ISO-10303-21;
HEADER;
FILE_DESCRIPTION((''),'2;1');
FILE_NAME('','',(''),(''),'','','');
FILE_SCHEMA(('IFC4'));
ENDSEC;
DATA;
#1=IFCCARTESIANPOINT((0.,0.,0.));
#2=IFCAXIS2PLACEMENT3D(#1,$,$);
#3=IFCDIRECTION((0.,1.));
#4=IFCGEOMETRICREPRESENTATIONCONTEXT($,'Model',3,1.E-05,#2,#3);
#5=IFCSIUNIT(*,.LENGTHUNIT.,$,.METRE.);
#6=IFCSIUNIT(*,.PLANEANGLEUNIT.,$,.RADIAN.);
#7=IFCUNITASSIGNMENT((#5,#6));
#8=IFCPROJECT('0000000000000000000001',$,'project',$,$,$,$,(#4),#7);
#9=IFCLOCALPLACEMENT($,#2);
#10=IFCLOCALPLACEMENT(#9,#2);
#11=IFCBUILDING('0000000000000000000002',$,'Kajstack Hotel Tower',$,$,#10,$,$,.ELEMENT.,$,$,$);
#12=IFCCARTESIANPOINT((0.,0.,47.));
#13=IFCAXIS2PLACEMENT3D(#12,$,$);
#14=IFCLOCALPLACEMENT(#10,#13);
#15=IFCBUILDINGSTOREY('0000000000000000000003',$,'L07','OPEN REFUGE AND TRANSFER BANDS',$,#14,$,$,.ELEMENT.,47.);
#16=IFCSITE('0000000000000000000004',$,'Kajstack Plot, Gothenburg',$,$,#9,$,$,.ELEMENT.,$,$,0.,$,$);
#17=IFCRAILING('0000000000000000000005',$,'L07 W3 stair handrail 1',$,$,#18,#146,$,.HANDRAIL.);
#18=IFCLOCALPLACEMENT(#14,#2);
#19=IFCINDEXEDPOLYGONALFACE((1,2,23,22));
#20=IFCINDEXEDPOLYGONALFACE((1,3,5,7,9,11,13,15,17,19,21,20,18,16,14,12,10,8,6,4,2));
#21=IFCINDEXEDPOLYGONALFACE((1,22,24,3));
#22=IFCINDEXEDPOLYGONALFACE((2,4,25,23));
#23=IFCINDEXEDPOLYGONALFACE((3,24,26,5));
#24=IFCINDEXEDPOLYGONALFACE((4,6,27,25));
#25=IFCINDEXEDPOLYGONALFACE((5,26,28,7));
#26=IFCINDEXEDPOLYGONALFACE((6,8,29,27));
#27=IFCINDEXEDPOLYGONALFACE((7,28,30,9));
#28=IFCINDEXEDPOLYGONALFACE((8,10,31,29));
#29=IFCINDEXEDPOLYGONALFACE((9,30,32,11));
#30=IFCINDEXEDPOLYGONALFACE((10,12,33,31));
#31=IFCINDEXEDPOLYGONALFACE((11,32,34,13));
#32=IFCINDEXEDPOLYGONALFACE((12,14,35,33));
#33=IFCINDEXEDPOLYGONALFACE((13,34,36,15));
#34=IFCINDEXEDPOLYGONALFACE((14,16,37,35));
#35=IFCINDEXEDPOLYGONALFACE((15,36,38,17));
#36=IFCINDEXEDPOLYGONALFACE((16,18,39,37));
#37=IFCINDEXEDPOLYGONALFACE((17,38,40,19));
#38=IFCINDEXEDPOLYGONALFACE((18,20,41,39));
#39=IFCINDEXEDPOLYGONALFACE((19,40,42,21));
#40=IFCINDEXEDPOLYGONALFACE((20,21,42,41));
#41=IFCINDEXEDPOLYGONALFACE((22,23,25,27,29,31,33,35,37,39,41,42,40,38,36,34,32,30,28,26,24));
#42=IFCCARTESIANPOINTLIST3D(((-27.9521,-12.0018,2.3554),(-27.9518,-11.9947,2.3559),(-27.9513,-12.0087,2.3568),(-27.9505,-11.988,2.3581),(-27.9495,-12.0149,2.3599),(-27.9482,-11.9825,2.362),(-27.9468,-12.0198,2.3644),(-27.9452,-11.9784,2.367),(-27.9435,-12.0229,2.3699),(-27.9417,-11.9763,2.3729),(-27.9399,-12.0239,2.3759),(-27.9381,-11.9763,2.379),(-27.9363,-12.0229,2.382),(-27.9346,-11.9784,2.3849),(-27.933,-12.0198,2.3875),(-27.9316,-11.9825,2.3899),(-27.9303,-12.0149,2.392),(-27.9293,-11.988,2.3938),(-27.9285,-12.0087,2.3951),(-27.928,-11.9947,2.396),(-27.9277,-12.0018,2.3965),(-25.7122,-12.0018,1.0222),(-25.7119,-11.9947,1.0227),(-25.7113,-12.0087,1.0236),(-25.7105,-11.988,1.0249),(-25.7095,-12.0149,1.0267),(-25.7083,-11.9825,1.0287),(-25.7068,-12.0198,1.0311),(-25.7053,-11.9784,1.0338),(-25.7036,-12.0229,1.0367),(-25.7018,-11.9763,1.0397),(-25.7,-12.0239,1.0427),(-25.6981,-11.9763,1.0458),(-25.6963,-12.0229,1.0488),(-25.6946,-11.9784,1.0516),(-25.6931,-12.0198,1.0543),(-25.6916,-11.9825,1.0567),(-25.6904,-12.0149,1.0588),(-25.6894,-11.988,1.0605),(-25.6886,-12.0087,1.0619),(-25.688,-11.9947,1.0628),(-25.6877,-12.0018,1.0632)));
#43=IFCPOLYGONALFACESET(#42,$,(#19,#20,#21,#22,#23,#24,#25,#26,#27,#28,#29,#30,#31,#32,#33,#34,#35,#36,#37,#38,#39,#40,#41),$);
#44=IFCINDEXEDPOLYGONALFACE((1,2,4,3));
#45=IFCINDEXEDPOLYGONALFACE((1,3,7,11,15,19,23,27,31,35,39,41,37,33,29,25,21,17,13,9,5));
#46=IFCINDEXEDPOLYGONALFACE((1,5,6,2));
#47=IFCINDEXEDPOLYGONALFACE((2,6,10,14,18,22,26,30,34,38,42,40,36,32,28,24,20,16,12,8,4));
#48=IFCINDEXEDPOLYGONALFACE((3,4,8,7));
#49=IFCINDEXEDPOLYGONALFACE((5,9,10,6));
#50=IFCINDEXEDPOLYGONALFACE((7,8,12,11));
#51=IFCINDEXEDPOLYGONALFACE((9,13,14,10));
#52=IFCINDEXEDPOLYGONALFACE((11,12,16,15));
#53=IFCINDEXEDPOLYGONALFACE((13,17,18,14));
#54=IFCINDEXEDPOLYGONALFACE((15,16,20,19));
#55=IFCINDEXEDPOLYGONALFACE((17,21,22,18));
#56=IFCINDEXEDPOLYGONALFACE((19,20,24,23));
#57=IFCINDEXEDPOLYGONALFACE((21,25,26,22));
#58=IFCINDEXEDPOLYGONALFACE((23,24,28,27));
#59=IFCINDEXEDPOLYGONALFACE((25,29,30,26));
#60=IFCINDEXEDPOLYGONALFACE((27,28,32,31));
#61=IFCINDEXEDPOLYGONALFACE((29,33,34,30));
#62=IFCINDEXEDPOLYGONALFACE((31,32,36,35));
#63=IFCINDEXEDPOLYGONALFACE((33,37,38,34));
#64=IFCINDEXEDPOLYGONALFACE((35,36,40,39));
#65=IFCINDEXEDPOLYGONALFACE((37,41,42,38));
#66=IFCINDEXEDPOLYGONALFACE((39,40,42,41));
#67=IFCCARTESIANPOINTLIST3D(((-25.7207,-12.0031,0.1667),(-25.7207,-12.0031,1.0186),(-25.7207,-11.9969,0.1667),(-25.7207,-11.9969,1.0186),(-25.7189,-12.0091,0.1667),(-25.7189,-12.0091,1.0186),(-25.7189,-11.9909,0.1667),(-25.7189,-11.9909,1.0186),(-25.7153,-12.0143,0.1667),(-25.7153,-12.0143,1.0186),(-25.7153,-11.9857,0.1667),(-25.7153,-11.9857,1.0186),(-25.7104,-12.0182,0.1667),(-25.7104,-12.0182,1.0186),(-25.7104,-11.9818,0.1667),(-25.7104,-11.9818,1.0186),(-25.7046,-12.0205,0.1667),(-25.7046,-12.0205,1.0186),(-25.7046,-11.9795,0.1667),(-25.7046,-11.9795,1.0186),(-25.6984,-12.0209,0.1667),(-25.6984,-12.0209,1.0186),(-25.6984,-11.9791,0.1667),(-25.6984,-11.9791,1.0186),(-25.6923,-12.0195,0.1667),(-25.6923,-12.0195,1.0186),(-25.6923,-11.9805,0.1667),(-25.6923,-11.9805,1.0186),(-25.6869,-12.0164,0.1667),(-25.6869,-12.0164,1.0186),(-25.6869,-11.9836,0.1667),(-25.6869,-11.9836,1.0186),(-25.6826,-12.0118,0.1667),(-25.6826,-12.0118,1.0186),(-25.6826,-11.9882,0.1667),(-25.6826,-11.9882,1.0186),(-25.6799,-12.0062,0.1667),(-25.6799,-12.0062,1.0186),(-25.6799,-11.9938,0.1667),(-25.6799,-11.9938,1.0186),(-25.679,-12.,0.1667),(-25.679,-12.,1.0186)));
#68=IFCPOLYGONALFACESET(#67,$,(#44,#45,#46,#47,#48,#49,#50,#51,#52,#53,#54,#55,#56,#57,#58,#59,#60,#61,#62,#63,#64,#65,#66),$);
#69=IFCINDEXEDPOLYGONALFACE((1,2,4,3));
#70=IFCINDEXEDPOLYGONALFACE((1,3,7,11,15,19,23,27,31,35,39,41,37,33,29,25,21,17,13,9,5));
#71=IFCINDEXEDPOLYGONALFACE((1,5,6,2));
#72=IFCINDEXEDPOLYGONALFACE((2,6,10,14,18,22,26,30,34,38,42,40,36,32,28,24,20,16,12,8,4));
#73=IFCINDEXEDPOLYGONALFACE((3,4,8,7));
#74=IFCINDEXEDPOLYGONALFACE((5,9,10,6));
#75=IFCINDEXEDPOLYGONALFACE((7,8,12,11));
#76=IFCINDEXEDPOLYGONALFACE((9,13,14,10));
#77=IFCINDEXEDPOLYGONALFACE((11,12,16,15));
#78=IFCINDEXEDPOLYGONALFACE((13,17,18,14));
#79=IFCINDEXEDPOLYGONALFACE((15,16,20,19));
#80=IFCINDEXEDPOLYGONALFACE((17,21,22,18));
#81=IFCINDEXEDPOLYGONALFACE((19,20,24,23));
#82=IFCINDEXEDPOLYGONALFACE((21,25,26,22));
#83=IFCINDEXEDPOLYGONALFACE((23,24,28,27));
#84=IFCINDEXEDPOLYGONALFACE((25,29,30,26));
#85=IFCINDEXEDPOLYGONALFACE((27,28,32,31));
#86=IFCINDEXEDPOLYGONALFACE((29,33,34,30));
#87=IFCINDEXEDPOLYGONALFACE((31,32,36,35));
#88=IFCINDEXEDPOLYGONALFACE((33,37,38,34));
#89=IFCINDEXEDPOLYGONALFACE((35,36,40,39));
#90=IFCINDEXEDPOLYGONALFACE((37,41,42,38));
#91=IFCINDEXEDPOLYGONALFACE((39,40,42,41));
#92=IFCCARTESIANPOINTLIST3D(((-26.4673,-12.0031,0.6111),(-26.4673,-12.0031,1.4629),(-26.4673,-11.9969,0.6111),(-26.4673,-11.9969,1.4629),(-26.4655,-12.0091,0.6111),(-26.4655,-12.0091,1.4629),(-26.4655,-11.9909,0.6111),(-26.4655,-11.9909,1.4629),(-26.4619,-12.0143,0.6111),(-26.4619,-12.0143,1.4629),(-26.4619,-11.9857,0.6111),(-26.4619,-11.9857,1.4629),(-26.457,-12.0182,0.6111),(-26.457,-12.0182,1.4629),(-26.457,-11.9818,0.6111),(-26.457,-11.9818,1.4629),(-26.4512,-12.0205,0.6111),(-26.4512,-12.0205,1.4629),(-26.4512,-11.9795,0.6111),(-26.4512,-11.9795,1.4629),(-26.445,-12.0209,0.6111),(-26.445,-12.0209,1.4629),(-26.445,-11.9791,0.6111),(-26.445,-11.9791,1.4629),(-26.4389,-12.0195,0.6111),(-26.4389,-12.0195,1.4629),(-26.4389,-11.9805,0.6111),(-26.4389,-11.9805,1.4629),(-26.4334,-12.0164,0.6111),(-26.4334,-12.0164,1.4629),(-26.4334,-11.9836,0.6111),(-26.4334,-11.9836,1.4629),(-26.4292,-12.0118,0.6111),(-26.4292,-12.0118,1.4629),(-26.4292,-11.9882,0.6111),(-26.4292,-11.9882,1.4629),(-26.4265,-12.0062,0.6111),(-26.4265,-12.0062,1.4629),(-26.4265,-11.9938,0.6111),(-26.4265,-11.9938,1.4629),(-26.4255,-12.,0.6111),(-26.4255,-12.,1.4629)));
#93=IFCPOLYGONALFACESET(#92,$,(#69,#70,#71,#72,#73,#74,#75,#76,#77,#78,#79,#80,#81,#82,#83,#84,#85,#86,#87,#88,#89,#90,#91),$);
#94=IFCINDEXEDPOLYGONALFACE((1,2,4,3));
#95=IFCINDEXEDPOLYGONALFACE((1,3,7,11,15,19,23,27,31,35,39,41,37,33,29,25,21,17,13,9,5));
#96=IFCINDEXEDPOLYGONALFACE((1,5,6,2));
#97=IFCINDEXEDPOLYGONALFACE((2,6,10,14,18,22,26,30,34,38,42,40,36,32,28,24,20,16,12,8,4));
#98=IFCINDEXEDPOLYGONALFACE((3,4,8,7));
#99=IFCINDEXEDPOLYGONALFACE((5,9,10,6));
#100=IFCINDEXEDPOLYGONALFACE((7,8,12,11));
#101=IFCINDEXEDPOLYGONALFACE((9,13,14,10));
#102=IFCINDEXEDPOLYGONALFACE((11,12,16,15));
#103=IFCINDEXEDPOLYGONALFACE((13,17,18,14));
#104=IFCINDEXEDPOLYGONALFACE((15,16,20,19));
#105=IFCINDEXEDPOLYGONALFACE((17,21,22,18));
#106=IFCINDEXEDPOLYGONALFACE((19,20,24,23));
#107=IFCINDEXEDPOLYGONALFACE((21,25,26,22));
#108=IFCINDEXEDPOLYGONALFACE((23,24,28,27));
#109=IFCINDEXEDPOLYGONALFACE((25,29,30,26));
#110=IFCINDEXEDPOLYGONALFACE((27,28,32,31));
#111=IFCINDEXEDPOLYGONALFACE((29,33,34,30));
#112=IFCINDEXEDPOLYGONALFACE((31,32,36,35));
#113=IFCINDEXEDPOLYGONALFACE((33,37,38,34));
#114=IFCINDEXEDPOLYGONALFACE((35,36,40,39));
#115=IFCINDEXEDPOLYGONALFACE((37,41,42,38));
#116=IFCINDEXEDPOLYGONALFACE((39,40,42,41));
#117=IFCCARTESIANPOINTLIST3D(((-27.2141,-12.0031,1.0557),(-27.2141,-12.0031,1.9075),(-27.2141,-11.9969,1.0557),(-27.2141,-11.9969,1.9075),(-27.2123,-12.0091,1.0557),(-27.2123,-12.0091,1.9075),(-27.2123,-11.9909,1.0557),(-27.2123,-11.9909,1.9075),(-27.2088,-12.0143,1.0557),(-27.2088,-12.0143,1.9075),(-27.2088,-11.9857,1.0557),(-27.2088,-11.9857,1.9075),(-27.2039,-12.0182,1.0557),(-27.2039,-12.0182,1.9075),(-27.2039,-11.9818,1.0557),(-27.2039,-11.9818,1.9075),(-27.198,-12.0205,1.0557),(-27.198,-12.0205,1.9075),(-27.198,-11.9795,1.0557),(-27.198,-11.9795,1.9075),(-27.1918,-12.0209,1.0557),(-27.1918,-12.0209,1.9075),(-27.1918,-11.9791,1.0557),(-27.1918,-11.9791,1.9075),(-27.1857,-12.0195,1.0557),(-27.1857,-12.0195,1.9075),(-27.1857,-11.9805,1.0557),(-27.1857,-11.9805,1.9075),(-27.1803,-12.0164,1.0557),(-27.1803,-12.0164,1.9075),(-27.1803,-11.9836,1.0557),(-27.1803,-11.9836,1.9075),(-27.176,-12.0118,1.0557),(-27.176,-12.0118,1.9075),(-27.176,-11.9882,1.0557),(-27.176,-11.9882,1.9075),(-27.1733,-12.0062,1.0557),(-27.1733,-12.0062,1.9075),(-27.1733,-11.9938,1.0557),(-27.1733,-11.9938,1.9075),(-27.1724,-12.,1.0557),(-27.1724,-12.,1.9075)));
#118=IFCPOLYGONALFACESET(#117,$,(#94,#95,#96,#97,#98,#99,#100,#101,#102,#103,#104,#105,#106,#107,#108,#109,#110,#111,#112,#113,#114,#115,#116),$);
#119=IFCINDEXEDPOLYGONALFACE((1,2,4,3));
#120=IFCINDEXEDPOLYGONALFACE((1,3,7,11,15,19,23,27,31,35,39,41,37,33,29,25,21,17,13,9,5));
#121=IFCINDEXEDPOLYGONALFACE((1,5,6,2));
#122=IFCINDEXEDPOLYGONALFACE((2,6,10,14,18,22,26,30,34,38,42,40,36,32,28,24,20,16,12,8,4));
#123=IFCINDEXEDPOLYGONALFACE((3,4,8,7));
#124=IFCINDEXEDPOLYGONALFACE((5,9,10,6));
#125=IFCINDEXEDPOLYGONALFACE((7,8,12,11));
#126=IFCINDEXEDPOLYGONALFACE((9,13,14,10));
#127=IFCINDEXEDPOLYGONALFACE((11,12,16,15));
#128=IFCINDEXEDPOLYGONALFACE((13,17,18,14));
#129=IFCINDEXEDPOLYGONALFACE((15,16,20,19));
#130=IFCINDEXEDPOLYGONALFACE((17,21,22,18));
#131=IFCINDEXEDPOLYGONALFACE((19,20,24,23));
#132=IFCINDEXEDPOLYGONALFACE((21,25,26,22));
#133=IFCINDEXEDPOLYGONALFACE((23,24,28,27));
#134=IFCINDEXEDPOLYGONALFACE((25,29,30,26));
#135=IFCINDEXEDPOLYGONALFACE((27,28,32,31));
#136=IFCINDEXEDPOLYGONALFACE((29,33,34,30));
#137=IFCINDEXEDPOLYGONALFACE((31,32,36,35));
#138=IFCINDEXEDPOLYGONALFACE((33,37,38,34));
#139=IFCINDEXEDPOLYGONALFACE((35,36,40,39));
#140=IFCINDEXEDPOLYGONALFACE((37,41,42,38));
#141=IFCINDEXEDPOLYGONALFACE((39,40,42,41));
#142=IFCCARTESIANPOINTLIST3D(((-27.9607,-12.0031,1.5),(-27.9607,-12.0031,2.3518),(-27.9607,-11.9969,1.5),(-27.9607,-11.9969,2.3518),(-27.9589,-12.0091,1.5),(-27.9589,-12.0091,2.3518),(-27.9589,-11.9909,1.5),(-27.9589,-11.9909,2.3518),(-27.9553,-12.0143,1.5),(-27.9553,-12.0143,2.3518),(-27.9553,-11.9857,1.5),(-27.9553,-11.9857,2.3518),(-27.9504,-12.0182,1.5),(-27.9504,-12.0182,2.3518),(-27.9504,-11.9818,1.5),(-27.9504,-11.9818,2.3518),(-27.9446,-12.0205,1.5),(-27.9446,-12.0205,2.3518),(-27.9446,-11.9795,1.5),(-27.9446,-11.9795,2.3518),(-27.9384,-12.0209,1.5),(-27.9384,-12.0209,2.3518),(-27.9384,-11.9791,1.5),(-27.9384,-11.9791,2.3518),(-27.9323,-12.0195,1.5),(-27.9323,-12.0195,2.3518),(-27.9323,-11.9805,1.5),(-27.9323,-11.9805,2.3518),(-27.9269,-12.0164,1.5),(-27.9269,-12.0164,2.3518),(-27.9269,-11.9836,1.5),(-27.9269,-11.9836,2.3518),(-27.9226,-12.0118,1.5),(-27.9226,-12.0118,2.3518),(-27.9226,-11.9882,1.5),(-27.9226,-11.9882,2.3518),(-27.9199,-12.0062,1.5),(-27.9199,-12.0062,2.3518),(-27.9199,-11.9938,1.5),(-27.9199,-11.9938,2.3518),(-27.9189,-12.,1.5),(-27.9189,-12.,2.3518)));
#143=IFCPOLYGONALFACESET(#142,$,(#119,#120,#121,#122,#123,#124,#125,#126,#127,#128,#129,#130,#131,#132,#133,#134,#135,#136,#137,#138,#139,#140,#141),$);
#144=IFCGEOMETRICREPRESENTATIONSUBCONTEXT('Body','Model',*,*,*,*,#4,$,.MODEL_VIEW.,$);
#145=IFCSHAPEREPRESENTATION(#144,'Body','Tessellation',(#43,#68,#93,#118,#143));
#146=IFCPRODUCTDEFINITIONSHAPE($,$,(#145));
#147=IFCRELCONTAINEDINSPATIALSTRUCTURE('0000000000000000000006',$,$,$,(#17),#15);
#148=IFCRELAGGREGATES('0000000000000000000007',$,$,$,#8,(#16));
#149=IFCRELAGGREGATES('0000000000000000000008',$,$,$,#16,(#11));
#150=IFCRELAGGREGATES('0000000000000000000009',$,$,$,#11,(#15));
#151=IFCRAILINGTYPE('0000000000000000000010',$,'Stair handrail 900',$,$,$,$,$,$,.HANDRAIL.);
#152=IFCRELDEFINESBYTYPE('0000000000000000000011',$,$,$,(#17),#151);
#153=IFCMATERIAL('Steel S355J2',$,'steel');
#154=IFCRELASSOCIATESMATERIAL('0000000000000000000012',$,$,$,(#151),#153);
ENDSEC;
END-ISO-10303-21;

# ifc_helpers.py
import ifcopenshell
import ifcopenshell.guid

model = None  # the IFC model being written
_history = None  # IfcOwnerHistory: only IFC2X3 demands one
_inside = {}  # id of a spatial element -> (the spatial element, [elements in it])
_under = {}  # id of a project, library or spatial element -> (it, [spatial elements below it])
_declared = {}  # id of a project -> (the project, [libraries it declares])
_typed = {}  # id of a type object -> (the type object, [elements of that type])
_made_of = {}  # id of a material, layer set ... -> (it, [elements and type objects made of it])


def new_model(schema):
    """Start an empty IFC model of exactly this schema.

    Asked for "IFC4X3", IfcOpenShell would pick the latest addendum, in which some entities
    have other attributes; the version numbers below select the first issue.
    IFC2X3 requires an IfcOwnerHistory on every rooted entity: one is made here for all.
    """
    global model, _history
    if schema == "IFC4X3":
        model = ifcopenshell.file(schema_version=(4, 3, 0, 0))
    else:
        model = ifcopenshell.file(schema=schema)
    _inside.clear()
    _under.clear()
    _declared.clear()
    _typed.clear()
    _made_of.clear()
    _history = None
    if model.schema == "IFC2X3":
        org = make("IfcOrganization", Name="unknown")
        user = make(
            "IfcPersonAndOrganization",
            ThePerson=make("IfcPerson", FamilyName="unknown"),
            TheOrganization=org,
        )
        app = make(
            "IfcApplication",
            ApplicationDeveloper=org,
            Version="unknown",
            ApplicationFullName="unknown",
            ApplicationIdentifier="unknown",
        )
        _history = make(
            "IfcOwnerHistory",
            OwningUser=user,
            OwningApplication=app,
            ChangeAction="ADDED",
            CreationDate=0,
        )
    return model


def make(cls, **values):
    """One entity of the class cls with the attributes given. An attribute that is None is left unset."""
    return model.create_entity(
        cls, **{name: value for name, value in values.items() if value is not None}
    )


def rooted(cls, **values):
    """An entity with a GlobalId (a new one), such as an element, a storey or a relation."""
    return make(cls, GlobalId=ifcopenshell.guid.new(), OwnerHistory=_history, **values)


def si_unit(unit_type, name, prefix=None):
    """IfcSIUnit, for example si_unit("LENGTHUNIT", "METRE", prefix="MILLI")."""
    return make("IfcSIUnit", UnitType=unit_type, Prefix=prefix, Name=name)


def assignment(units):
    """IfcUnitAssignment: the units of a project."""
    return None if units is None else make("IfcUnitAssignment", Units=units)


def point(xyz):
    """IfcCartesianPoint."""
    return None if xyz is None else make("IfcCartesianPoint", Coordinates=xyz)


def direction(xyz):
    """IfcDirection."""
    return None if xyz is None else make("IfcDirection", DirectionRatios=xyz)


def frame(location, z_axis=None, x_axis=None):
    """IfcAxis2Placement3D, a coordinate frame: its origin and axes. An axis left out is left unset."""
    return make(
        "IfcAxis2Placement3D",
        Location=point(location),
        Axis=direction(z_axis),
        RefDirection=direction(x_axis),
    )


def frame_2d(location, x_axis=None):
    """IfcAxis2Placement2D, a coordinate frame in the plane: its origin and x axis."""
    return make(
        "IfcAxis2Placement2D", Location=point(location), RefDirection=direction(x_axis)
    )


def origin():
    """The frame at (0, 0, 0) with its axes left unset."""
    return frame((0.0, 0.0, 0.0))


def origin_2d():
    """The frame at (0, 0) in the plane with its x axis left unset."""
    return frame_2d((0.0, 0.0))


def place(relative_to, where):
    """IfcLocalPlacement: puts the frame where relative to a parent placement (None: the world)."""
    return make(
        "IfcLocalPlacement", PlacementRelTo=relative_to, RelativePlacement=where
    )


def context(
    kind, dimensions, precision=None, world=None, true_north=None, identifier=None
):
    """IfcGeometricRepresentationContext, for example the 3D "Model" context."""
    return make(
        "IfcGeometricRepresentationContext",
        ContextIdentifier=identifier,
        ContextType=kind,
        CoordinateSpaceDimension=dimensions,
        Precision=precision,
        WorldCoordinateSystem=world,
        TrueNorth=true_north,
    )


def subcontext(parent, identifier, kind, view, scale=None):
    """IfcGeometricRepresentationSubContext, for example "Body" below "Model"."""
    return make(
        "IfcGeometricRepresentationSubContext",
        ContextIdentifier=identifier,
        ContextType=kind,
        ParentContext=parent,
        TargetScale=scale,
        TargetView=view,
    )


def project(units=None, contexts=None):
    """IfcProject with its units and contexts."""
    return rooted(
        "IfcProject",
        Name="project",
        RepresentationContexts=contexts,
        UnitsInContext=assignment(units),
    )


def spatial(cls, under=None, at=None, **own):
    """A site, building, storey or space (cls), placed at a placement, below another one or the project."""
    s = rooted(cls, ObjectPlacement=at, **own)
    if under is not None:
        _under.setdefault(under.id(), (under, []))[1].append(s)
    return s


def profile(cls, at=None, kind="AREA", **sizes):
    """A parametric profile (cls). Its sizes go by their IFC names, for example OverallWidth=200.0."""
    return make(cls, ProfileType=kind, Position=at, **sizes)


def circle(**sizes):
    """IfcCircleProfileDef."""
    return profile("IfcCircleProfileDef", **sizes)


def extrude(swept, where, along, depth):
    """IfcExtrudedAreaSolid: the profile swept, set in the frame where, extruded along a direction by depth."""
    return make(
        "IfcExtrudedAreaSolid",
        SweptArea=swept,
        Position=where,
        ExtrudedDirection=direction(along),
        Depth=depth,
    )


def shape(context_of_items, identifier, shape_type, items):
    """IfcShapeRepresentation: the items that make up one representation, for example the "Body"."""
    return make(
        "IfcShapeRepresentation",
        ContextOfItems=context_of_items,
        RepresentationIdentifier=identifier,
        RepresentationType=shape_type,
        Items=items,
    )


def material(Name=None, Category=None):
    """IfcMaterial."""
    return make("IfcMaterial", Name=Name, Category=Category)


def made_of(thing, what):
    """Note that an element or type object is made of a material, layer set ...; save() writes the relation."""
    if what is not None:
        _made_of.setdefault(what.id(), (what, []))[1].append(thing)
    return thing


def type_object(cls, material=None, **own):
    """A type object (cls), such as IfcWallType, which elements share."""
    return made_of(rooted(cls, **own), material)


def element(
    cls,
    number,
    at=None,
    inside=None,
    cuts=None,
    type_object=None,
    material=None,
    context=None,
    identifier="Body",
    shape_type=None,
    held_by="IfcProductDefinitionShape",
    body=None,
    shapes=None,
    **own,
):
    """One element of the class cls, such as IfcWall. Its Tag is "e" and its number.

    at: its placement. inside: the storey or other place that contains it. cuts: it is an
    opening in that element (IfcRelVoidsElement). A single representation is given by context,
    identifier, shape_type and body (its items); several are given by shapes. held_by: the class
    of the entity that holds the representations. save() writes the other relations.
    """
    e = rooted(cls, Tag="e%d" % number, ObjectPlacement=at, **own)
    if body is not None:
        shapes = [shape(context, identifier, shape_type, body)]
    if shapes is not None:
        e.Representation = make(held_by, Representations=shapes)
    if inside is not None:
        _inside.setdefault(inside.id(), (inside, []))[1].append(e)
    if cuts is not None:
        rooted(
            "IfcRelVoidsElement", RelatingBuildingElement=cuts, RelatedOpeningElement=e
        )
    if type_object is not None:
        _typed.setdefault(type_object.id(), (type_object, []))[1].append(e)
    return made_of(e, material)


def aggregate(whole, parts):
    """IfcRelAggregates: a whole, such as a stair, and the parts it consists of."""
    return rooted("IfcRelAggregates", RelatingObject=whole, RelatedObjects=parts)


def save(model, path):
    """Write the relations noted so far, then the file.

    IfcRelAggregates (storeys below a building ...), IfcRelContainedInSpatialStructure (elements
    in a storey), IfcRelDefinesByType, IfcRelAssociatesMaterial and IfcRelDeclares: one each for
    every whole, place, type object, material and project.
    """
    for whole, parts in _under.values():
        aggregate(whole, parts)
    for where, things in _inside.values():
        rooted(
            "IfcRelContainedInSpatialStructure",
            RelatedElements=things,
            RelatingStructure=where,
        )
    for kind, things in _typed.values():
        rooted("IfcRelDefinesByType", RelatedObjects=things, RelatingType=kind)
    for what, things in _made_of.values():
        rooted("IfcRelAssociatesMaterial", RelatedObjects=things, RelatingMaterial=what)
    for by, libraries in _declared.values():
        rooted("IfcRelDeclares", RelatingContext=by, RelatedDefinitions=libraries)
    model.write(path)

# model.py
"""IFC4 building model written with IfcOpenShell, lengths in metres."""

from ifc_helpers import new_model, si_unit, direction, frame, origin, origin_2d, place, context, subcontext, project, spatial, circle, extrude, material, type_object, element, save


model = new_model("IFC4")

# Units and contexts
model_context = context("Model", 3, precision=1e-05, world=origin(), true_north=direction((0.0, 1.0)))
body_context = subcontext(model_context, "Body", "Model", "MODEL_VIEW")
ifc_project = project(units=[si_unit("LENGTHUNIT", "METRE"), si_unit("PLANEANGLEUNIT", "RADIAN")], contexts=[model_context])

# Site, building, storey
site_placement = place(None, origin())
site = spatial("IfcSite", under=ifc_project, at=site_placement, Name="Kajstack Plot, Gothenburg", CompositionType="ELEMENT", RefElevation=0.0)
building_placement = place(site_placement, origin())
building = spatial("IfcBuilding", under=site, at=building_placement, Name="Kajstack Hotel Tower", CompositionType="ELEMENT")
storey_placement = place(building_placement, frame((0.0, 0.0, 47.0)))
storey = spatial("IfcBuildingStorey", under=building, at=storey_placement, Name="L07", Description="OPEN REFUGE AND TRANSFER BANDS", CompositionType="ELEMENT", Elevation=47.0)

# Railing
ifc_material_1 = material(Name="Steel S355J2", Category="steel")
railing_type_1 = type_object("IfcRailingType", Name="Stair handrail 900", PredefinedType="HANDRAIL", material=ifc_material_1)
railing_1_placement = place(storey_placement, frame((-25.7, -12.0, 0.1667)))
element("IfcRailing", 1, at=railing_1_placement, inside=storey, type_object=railing_type_1, Name="L07 W3 stair handrail 1", PredefinedType="HANDRAIL", context=body_context, shape_type="SweptSolid", body=[
    extrude(circle(Radius=0.0239, at=origin_2d()), frame((0.0, 0.0, 0.876), z_axis=(-0.859306, 0.0, 0.511462), x_axis=(0.0, -1.0, 0.0)), (0.0, 0.0, 1.0), 2.6067),
    extrude(circle(Radius=0.021, at=origin_2d()), origin(), (0.0, 0.0, 1.0), 0.8518),
    extrude(circle(Radius=0.021, at=origin_2d()), frame((-0.7466, 0.0, 0.4443)), (0.0, 0.0, 1.0), 0.8518),
    extrude(circle(Radius=0.021, at=origin_2d()), frame((-1.4934, 0.0, 0.8889)), (0.0, 0.0, 1.0), 0.8518),
    extrude(circle(Radius=0.021, at=origin_2d()), frame((-2.24, 0.0, 1.3333)), (0.0, 0.0, 1.0), 0.8518),
])

save(model, "model.ifc")
